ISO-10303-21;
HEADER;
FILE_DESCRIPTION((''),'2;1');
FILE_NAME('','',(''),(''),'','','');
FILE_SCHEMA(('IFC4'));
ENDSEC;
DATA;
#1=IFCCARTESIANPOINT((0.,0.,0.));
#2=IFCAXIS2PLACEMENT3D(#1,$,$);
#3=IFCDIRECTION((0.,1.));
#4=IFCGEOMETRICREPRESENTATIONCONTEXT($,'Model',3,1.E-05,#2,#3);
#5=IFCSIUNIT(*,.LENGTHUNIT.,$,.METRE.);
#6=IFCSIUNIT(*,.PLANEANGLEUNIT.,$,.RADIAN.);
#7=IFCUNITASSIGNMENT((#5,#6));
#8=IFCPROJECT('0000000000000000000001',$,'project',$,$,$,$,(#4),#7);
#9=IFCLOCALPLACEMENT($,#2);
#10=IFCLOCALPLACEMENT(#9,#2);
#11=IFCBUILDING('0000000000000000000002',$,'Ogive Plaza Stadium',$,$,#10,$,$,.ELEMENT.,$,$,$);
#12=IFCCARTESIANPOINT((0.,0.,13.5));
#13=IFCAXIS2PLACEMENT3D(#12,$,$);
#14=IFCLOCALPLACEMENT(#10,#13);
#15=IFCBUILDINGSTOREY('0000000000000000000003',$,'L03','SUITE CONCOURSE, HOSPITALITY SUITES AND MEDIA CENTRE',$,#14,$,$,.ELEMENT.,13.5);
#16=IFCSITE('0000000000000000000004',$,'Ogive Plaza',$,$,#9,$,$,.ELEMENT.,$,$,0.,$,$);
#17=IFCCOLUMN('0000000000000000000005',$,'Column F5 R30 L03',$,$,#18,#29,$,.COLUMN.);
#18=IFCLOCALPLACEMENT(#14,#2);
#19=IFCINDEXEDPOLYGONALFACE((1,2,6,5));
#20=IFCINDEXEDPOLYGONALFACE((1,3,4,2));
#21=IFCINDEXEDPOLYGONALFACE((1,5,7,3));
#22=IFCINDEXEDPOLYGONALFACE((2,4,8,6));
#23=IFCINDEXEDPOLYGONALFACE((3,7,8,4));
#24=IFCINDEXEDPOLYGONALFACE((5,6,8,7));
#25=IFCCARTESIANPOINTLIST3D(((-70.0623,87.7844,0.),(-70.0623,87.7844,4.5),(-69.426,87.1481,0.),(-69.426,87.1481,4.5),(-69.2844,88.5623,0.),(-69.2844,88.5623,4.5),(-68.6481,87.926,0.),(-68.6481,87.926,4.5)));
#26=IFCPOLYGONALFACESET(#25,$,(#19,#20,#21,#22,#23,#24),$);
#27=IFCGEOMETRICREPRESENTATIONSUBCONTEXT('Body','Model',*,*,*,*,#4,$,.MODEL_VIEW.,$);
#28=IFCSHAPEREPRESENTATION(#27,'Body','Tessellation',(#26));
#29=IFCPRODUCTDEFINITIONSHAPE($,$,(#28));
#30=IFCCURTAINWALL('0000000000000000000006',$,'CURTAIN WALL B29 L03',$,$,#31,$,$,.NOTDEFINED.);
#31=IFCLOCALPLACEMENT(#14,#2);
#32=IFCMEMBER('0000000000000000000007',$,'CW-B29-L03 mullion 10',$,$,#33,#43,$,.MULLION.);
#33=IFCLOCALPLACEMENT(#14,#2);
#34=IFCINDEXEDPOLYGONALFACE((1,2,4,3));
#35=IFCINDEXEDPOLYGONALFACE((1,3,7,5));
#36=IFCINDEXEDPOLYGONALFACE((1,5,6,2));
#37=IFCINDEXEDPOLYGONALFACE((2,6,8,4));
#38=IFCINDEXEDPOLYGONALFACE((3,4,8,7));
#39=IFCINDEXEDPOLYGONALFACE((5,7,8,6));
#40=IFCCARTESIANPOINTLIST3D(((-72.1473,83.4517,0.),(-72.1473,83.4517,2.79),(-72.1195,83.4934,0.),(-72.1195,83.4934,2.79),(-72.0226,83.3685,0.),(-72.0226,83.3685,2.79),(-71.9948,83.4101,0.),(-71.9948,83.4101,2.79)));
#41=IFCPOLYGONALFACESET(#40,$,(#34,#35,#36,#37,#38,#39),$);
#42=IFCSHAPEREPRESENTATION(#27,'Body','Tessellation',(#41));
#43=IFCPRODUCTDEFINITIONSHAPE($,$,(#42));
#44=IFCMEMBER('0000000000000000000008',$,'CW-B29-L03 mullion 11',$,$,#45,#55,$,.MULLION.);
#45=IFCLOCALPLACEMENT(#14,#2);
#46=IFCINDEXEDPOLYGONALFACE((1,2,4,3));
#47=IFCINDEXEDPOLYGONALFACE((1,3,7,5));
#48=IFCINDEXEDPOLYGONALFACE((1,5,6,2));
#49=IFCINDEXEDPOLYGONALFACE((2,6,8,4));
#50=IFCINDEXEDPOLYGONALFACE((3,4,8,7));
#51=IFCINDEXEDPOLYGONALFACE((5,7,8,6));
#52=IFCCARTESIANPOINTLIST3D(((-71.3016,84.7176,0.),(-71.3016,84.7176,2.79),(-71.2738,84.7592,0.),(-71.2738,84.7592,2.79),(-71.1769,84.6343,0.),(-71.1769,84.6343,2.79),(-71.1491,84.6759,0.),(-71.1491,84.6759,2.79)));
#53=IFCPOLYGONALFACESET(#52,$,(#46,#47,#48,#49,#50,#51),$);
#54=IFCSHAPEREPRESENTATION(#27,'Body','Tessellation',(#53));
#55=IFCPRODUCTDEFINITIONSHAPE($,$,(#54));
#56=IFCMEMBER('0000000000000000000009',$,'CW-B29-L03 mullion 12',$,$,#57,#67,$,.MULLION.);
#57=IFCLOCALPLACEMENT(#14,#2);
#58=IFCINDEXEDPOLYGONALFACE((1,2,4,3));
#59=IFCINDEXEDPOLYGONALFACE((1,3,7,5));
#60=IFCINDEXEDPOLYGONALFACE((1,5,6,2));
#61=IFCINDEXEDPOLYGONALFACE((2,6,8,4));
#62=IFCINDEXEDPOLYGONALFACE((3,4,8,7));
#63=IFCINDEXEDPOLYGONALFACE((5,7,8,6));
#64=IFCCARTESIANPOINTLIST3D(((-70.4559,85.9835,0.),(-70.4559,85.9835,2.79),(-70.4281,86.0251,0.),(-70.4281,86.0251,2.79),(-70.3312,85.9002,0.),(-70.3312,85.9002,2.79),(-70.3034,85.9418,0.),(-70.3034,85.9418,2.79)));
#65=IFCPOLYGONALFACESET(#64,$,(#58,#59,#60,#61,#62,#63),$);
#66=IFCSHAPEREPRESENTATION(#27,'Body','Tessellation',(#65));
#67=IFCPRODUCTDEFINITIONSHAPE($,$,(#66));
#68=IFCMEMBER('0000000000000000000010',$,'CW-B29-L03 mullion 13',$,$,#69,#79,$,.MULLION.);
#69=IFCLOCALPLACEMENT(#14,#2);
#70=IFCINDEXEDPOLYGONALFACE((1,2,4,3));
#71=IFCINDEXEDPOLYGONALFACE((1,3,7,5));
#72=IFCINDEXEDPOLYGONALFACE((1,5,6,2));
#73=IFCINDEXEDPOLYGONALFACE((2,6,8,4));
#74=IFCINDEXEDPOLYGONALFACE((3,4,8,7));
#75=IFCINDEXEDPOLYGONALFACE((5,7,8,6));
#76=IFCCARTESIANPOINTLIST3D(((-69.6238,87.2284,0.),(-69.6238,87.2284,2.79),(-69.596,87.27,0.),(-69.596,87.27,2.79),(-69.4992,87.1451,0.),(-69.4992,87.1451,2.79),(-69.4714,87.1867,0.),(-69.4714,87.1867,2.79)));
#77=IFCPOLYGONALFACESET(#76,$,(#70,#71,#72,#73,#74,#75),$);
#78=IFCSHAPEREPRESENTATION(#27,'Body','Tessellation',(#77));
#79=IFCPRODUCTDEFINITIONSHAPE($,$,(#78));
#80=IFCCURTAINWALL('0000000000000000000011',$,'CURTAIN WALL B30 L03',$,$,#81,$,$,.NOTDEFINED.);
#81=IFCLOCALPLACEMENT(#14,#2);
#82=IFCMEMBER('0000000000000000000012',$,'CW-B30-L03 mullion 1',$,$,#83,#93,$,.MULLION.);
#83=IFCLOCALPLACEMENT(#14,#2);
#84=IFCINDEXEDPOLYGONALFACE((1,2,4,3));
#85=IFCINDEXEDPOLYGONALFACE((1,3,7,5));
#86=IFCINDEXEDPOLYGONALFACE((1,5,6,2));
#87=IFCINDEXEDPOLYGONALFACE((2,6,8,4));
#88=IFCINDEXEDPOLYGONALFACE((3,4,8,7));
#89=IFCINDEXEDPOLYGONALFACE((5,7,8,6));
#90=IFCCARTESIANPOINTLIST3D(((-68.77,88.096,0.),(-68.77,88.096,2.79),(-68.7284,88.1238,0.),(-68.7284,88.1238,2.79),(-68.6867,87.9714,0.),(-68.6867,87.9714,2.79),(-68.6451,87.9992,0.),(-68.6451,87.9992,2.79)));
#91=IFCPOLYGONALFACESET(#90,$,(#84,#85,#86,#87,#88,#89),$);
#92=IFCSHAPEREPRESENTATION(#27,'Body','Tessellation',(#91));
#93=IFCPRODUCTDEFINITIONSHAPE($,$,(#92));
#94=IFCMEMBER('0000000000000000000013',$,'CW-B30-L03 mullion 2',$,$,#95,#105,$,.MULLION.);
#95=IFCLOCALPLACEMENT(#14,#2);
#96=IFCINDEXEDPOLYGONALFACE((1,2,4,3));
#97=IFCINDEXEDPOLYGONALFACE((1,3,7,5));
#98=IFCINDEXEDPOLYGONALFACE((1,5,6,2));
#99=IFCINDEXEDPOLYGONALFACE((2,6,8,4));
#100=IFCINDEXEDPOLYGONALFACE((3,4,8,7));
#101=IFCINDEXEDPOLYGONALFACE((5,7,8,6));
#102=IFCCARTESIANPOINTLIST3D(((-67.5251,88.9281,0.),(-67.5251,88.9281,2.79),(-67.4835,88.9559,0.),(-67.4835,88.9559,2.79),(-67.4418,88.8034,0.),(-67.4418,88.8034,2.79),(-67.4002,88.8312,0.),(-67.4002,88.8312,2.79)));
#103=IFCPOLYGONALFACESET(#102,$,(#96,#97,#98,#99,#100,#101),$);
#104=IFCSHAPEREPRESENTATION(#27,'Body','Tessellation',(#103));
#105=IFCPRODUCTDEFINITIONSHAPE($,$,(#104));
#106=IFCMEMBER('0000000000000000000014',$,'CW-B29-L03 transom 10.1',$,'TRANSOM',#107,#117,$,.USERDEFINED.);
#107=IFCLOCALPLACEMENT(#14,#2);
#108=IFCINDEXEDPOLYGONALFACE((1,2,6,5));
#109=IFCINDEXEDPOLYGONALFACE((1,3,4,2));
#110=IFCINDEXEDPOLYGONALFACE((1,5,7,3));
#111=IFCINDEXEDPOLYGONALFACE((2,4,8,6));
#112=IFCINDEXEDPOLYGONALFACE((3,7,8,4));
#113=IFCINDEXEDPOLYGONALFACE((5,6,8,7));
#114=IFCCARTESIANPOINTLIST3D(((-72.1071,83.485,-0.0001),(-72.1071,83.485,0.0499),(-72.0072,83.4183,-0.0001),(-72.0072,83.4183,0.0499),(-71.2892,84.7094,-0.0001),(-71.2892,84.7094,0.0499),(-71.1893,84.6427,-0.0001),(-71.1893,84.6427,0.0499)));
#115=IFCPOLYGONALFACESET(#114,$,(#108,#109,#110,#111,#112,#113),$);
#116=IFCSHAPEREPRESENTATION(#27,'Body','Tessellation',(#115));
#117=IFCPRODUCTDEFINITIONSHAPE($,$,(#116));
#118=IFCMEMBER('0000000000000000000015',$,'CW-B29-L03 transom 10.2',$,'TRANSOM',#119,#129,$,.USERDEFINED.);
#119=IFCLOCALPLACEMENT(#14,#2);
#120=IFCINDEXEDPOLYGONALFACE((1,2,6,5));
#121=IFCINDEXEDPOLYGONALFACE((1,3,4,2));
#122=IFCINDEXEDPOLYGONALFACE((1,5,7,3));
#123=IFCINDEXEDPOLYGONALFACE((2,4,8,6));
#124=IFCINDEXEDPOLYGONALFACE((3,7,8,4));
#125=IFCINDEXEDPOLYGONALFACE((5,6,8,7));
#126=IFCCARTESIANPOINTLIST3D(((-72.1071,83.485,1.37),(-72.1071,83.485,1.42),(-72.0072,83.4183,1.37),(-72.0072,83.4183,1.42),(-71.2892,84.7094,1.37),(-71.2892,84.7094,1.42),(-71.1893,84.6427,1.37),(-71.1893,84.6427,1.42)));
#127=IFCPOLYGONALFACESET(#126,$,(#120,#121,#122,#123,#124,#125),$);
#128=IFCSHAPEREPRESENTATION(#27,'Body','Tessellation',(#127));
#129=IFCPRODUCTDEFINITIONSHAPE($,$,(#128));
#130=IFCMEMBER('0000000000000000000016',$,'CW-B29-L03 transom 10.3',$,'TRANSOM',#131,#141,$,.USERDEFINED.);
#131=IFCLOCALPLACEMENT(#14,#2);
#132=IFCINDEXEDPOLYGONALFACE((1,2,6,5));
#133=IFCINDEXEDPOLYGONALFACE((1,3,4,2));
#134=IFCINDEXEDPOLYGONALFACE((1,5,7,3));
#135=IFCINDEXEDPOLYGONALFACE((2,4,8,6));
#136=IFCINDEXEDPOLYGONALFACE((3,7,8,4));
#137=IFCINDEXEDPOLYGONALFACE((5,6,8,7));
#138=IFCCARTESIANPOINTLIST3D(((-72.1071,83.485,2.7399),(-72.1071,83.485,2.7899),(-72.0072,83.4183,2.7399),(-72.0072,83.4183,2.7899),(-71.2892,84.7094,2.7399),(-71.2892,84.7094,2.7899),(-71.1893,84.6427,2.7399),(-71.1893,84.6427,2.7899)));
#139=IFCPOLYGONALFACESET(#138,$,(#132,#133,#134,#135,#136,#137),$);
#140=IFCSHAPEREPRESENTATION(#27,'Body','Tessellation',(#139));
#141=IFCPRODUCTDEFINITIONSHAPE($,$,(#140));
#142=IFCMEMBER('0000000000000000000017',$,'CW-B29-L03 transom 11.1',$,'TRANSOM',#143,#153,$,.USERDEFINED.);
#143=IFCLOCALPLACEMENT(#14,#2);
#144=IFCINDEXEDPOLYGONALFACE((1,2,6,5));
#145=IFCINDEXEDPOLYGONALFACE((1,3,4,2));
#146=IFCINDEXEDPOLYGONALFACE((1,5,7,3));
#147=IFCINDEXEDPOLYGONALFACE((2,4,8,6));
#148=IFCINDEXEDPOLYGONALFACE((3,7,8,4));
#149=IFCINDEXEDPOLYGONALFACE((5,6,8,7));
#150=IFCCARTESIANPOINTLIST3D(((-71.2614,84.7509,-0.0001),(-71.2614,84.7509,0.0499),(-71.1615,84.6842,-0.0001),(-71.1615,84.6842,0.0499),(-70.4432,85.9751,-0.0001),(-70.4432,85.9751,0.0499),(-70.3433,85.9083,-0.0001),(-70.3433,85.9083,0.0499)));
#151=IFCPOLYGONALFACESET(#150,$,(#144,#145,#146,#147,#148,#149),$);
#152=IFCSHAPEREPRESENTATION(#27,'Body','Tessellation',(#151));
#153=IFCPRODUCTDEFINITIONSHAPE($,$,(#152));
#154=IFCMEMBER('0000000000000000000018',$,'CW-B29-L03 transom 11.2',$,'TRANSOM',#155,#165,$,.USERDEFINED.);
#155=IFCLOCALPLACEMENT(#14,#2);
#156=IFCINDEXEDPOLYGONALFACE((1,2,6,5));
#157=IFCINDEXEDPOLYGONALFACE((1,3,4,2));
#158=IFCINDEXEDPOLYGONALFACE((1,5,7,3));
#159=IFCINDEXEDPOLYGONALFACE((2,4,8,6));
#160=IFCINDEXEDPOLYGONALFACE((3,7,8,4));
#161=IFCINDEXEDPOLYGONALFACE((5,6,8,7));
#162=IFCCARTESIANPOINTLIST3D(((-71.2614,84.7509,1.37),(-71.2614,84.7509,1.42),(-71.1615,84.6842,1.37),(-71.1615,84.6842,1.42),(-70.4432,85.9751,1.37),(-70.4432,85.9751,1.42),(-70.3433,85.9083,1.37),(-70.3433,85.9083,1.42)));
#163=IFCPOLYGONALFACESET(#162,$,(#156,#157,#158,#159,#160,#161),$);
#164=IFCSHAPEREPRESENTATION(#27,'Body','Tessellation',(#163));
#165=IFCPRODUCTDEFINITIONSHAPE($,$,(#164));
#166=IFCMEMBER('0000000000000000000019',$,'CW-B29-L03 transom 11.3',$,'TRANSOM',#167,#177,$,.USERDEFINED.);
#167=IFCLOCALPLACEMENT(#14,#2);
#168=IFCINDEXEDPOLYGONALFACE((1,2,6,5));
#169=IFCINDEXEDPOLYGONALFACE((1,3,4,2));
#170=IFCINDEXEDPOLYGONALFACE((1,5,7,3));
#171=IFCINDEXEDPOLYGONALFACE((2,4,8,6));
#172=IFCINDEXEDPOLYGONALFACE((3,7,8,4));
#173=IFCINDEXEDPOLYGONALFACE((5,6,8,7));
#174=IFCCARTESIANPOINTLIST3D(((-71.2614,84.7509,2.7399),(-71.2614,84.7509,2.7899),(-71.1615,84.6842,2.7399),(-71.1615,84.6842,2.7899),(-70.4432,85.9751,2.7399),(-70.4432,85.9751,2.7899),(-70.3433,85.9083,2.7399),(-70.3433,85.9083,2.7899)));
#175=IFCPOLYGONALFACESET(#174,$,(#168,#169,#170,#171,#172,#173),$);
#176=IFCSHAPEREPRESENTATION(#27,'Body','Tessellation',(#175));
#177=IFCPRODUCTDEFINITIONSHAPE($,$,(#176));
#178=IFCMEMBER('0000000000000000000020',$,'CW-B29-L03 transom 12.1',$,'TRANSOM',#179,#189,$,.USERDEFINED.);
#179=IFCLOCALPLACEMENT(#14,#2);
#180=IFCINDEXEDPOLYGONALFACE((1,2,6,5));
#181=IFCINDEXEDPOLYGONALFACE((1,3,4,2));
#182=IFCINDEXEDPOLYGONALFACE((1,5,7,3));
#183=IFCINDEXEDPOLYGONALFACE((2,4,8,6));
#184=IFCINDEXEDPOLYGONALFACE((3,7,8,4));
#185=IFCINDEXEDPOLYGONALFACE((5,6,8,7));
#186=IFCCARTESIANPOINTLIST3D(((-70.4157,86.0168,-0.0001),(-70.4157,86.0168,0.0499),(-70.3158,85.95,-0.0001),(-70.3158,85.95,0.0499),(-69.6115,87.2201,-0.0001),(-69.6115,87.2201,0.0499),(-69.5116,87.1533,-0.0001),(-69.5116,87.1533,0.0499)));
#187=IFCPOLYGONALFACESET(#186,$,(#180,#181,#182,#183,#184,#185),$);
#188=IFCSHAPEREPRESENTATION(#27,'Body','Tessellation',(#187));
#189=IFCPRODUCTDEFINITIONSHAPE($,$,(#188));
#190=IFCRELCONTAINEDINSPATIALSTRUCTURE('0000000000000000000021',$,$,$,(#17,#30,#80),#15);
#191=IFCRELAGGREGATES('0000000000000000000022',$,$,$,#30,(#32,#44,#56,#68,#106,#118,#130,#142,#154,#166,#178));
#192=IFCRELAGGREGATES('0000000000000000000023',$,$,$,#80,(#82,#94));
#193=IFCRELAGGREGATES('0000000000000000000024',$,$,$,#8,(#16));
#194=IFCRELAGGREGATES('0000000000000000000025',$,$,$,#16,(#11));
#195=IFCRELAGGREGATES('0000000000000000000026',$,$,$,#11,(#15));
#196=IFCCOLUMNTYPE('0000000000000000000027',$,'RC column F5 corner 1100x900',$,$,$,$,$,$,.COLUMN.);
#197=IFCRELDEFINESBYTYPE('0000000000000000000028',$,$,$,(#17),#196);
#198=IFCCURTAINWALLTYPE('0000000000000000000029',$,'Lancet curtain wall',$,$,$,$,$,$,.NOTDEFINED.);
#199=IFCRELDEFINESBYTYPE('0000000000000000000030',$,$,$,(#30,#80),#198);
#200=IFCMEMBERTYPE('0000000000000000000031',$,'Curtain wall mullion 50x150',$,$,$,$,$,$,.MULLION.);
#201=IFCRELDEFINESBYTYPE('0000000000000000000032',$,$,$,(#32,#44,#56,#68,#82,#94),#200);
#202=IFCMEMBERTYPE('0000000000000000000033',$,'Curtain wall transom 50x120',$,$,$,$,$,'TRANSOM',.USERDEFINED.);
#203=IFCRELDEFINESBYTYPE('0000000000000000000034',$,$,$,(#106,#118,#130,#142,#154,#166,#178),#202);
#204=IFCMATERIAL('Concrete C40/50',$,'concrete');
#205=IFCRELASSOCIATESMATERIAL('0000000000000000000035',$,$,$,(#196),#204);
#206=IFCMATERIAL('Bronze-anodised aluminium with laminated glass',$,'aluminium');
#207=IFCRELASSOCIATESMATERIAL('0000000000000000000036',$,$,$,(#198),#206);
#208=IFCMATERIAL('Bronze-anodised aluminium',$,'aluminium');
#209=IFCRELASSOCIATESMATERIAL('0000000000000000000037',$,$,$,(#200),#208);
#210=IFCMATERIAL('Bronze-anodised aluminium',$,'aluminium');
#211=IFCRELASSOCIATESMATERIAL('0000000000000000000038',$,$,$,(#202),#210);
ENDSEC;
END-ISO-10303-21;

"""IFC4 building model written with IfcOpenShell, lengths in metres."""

from ifc_helpers import new_model, si_unit, direction, frame, origin, origin_2d, place, context, subcontext, project, spatial, rectangle, extrude, material, material_profile, profile_set, type_object, element, aggregate, save


model = new_model("IFC4")

# Units and contexts
model_context = context("Model", 3, precision=1e-05, world=origin(), true_north=direction((0.0, 1.0)))
body_context = subcontext(model_context, "Body", "Model", "MODEL_VIEW")
ifc_project = project(units=[si_unit("LENGTHUNIT", "METRE"), si_unit("PLANEANGLEUNIT", "RADIAN")], contexts=[model_context])

# Site, building, storey
site_placement = place(None, origin())
site = spatial("IfcSite", under=ifc_project, at=site_placement, Name="Ogive Plaza", CompositionType="ELEMENT", RefElevation=0.0)
building_placement = place(site_placement, origin())
building = spatial("IfcBuilding", under=site, at=building_placement, Name="Ogive Plaza Stadium", CompositionType="ELEMENT")
storey_placement = place(building_placement, frame((0.0, 0.0, 13.5)))
storey = spatial("IfcBuildingStorey", under=building, at=storey_placement, Name="L03", Description="SUITE CONCOURSE, HOSPITALITY SUITES AND MEDIA CENTRE", CompositionType="ELEMENT", Elevation=13.5)

# Column
ifc_material_1 = material(Name="Concrete C40/50", Category="concrete")
ifc_material_profile_1 = material_profile(ifc_material_1, rectangle(XDim=1.1001, YDim=0.8999, at=origin_2d()), Name="RC 1100x900")
ifc_profile_set_1 = profile_set([ifc_material_profile_1], Name="Concrete C40/50")
column_type = type_object("IfcColumnType", Name="RC column F5 corner 1100x900", PredefinedType="COLUMN", material=ifc_profile_set_1)
column_placement = place(storey_placement, frame((-69.3552, 87.8552, 0.0), z_axis=(0.0, 0.0, 1.0), x_axis=(-0.707107, -0.707107, 0.0)))
element("IfcColumn", 1, at=column_placement, inside=storey, type_object=column_type, Name="Column F5 R30 L03", PredefinedType="COLUMN", context=body_context, shape_type="SweptSolid", body=[
    extrude(rectangle(XDim=1.1001, YDim=0.8999, at=origin_2d()), origin(), (0.0, 0.0, 1.0), 4.5),
])

# Curtain walls, members
ifc_material_2 = material(Name="Bronze-anodised aluminium with laminated glass", Category="aluminium")
curtain_wall_type = type_object("IfcCurtainWallType", Name="Lancet curtain wall", PredefinedType="NOTDEFINED", material=ifc_material_2)
curtain_wall_1_placement = place(storey_placement, origin())
curtain_wall_1 = element("IfcCurtainWall", 2, at=curtain_wall_1_placement, inside=storey, type_object=curtain_wall_type, Name="CURTAIN WALL B29 L03", PredefinedType="NOTDEFINED")
ifc_material_3 = material(Name="Bronze-anodised aluminium", Category="aluminium")
ifc_material_profile_2 = material_profile(ifc_material_3, rectangle(XDim=0.1499, YDim=0.05, at=origin_2d()), Name="AL 150x50")
ifc_profile_set_2 = profile_set([ifc_material_profile_2], Name="Bronze-anodised aluminium")
member_type_1 = type_object("IfcMemberType", Name="Curtain wall mullion 50x150", PredefinedType="MULLION", material=ifc_profile_set_2)
member_1_placement = place(storey_placement, frame((-72.071, 83.4309, 0.0), z_axis=(0.0, 0.0, 1.0), x_axis=(-0.83147, 0.55557, 0.0)))
member_1 = element("IfcMember", 3, at=member_1_placement, type_object=member_type_1, Name="CW-B29-L03 mullion 10", PredefinedType="MULLION", context=body_context, shape_type="SweptSolid", body=[
    extrude(rectangle(XDim=0.1499, YDim=0.05, at=origin_2d()), origin(), (0.0, 0.0, 1.0), 2.79),
])
member_2_placement = place(storey_placement, frame((-71.2253, 84.6968, 0.0), z_axis=(0.0, 0.0, 1.0), x_axis=(-0.83147, 0.55557, 0.0)))
member_2 = element("IfcMember", 4, at=member_2_placement, type_object=member_type_1, Name="CW-B29-L03 mullion 11", PredefinedType="MULLION", context=body_context, shape_type="SweptSolid", body=[
    extrude(rectangle(XDim=0.1499, YDim=0.05, at=origin_2d()), origin(), (0.0, 0.0, 1.0), 2.79),
])
member_3_placement = place(storey_placement, frame((-70.3796, 85.9626, 0.0), z_axis=(0.0, 0.0, 1.0), x_axis=(-0.83147, 0.55557, 0.0)))
member_3 = element("IfcMember", 5, at=member_3_placement, type_object=member_type_1, Name="CW-B29-L03 mullion 12", PredefinedType="MULLION", context=body_context, shape_type="SweptSolid", body=[
    extrude(rectangle(XDim=0.1499, YDim=0.05, at=origin_2d()), origin(), (0.0, 0.0, 1.0), 2.79),
])
member_4_placement = place(storey_placement, frame((-69.5476, 87.2075, 0.0), z_axis=(0.0, 0.0, 1.0), x_axis=(-0.83147, 0.55557, 0.0)))
member_4 = element("IfcMember", 6, at=member_4_placement, type_object=member_type_1, Name="CW-B29-L03 mullion 13", PredefinedType="MULLION", context=body_context, shape_type="SweptSolid", body=[
    extrude(rectangle(XDim=0.1499, YDim=0.05, at=origin_2d()), origin(), (0.0, 0.0, 1.0), 2.79),
])
curtain_wall_2_placement = place(storey_placement, origin())
curtain_wall_2 = element("IfcCurtainWall", 7, at=curtain_wall_2_placement, inside=storey, type_object=curtain_wall_type, Name="CURTAIN WALL B30 L03", PredefinedType="NOTDEFINED")
member_5_placement = place(storey_placement, frame((-68.7075, 88.0476, 0.0), z_axis=(0.0, 0.0, 1.0), x_axis=(-0.55557, 0.83147, 0.0)))
member_5 = element("IfcMember", 8, at=member_5_placement, type_object=member_type_1, Name="CW-B30-L03 mullion 1", PredefinedType="MULLION", context=body_context, shape_type="SweptSolid", body=[
    extrude(rectangle(XDim=0.1499, YDim=0.05, at=origin_2d()), origin(), (0.0, 0.0, 1.0), 2.79),
])
member_6_placement = place(storey_placement, frame((-67.4626, 88.8796, 0.0), z_axis=(0.0, 0.0, 1.0), x_axis=(-0.55557, 0.83147, 0.0)))
member_6 = element("IfcMember", 9, at=member_6_placement, type_object=member_type_1, Name="CW-B30-L03 mullion 2", PredefinedType="MULLION", context=body_context, shape_type="SweptSolid", body=[
    extrude(rectangle(XDim=0.1499, YDim=0.05, at=origin_2d()), origin(), (0.0, 0.0, 1.0), 2.79),
])

# Members
ifc_material_4 = material(Name="Bronze-anodised aluminium", Category="aluminium")
ifc_material_profile_3 = material_profile(ifc_material_4, rectangle(XDim=0.1201, YDim=0.05, at=origin_2d()), Name="AL 120x50")
ifc_profile_set_3 = profile_set([ifc_material_profile_3], Name="Bronze-anodised aluminium")
member_type_2 = type_object("IfcMemberType", Name="Curtain wall transom 50x120", ElementType="TRANSOM", PredefinedType="USERDEFINED", material=ifc_profile_set_3)
member_7_placement = place(storey_placement, frame((-72.0571, 83.4517, 0.0249), z_axis=(0.555465, 0.83154, 0.0), x_axis=(-0.83154, 0.555465, 0.0)))
member_7 = element("IfcMember", 10, at=member_7_placement, type_object=member_type_2, Name="CW-B29-L03 transom 10.1", ObjectType="TRANSOM", PredefinedType="USERDEFINED", context=body_context, shape_type="SweptSolid", body=[
    extrude(rectangle(XDim=0.1201, YDim=0.05, at=origin_2d()), origin(), (0.0, 0.0, 1.0), 1.4724),
])
member_8_placement = place(storey_placement, frame((-72.0571, 83.4517, 1.395), z_axis=(0.555465, 0.83154, 0.0), x_axis=(-0.83154, 0.555465, 0.0)))
member_8 = element("IfcMember", 11, at=member_8_placement, type_object=member_type_2, Name="CW-B29-L03 transom 10.2", ObjectType="TRANSOM", PredefinedType="USERDEFINED", context=body_context, shape_type="SweptSolid", body=[
    extrude(rectangle(XDim=0.1201, YDim=0.05, at=origin_2d()), origin(), (0.0, 0.0, 1.0), 1.4724),
])
member_9_placement = place(storey_placement, frame((-72.0571, 83.4517, 2.7649), z_axis=(0.555465, 0.83154, 0.0), x_axis=(-0.83154, 0.555465, 0.0)))
member_9 = element("IfcMember", 12, at=member_9_placement, type_object=member_type_2, Name="CW-B29-L03 transom 10.3", ObjectType="TRANSOM", PredefinedType="USERDEFINED", context=body_context, shape_type="SweptSolid", body=[
    extrude(rectangle(XDim=0.1201, YDim=0.05, at=origin_2d()), origin(), (0.0, 0.0, 1.0), 1.4724),
])
member_10_placement = place(storey_placement, frame((-71.2114, 84.7175, 0.0249), z_axis=(0.555656, 0.831412, 0.0), x_axis=(-0.831412, 0.555656, 0.0)))
member_10 = element("IfcMember", 13, at=member_10_placement, type_object=member_type_2, Name="CW-B29-L03 transom 11.1", ObjectType="TRANSOM", PredefinedType="USERDEFINED", context=body_context, shape_type="SweptSolid", body=[
    extrude(rectangle(XDim=0.1201, YDim=0.05, at=origin_2d()), origin(), (0.0, 0.0, 1.0), 1.4724),
])
member_11_placement = place(storey_placement, frame((-71.2114, 84.7175, 1.395), z_axis=(0.555656, 0.831412, 0.0), x_axis=(-0.831412, 0.555656, 0.0)))
member_11 = element("IfcMember", 14, at=member_11_placement, type_object=member_type_2, Name="CW-B29-L03 transom 11.2", ObjectType="TRANSOM", PredefinedType="USERDEFINED", context=body_context, shape_type="SweptSolid", body=[
    extrude(rectangle(XDim=0.1201, YDim=0.05, at=origin_2d()), origin(), (0.0, 0.0, 1.0), 1.4724),
])
member_12_placement = place(storey_placement, frame((-71.2114, 84.7175, 2.7649), z_axis=(0.555656, 0.831412, 0.0), x_axis=(-0.831412, 0.555656, 0.0)))
member_12 = element("IfcMember", 15, at=member_12_placement, type_object=member_type_2, Name="CW-B29-L03 transom 11.3", ObjectType="TRANSOM", PredefinedType="USERDEFINED", context=body_context, shape_type="SweptSolid", body=[
    extrude(rectangle(XDim=0.1201, YDim=0.05, at=origin_2d()), origin(), (0.0, 0.0, 1.0), 1.4724),
])
member_13_placement = place(storey_placement, frame((-70.3657, 85.9834, 0.0249), z_axis=(0.555634, 0.831427, 0.0), x_axis=(-0.831427, 0.555634, 0.0)))
member_13 = element("IfcMember", 16, at=member_13_placement, type_object=member_type_2, Name="CW-B29-L03 transom 12.1", ObjectType="TRANSOM", PredefinedType="USERDEFINED", context=body_context, shape_type="SweptSolid", body=[
    extrude(rectangle(XDim=0.1201, YDim=0.05, at=origin_2d()), origin(), (0.0, 0.0, 1.0), 1.4473),
])

aggregate(curtain_wall_1, [member_1, member_2, member_3, member_4, member_7, member_8, member_9, member_10, member_11, member_12, member_13])
aggregate(curtain_wall_2, [member_5, member_6])

save(model, "model.ifc")
